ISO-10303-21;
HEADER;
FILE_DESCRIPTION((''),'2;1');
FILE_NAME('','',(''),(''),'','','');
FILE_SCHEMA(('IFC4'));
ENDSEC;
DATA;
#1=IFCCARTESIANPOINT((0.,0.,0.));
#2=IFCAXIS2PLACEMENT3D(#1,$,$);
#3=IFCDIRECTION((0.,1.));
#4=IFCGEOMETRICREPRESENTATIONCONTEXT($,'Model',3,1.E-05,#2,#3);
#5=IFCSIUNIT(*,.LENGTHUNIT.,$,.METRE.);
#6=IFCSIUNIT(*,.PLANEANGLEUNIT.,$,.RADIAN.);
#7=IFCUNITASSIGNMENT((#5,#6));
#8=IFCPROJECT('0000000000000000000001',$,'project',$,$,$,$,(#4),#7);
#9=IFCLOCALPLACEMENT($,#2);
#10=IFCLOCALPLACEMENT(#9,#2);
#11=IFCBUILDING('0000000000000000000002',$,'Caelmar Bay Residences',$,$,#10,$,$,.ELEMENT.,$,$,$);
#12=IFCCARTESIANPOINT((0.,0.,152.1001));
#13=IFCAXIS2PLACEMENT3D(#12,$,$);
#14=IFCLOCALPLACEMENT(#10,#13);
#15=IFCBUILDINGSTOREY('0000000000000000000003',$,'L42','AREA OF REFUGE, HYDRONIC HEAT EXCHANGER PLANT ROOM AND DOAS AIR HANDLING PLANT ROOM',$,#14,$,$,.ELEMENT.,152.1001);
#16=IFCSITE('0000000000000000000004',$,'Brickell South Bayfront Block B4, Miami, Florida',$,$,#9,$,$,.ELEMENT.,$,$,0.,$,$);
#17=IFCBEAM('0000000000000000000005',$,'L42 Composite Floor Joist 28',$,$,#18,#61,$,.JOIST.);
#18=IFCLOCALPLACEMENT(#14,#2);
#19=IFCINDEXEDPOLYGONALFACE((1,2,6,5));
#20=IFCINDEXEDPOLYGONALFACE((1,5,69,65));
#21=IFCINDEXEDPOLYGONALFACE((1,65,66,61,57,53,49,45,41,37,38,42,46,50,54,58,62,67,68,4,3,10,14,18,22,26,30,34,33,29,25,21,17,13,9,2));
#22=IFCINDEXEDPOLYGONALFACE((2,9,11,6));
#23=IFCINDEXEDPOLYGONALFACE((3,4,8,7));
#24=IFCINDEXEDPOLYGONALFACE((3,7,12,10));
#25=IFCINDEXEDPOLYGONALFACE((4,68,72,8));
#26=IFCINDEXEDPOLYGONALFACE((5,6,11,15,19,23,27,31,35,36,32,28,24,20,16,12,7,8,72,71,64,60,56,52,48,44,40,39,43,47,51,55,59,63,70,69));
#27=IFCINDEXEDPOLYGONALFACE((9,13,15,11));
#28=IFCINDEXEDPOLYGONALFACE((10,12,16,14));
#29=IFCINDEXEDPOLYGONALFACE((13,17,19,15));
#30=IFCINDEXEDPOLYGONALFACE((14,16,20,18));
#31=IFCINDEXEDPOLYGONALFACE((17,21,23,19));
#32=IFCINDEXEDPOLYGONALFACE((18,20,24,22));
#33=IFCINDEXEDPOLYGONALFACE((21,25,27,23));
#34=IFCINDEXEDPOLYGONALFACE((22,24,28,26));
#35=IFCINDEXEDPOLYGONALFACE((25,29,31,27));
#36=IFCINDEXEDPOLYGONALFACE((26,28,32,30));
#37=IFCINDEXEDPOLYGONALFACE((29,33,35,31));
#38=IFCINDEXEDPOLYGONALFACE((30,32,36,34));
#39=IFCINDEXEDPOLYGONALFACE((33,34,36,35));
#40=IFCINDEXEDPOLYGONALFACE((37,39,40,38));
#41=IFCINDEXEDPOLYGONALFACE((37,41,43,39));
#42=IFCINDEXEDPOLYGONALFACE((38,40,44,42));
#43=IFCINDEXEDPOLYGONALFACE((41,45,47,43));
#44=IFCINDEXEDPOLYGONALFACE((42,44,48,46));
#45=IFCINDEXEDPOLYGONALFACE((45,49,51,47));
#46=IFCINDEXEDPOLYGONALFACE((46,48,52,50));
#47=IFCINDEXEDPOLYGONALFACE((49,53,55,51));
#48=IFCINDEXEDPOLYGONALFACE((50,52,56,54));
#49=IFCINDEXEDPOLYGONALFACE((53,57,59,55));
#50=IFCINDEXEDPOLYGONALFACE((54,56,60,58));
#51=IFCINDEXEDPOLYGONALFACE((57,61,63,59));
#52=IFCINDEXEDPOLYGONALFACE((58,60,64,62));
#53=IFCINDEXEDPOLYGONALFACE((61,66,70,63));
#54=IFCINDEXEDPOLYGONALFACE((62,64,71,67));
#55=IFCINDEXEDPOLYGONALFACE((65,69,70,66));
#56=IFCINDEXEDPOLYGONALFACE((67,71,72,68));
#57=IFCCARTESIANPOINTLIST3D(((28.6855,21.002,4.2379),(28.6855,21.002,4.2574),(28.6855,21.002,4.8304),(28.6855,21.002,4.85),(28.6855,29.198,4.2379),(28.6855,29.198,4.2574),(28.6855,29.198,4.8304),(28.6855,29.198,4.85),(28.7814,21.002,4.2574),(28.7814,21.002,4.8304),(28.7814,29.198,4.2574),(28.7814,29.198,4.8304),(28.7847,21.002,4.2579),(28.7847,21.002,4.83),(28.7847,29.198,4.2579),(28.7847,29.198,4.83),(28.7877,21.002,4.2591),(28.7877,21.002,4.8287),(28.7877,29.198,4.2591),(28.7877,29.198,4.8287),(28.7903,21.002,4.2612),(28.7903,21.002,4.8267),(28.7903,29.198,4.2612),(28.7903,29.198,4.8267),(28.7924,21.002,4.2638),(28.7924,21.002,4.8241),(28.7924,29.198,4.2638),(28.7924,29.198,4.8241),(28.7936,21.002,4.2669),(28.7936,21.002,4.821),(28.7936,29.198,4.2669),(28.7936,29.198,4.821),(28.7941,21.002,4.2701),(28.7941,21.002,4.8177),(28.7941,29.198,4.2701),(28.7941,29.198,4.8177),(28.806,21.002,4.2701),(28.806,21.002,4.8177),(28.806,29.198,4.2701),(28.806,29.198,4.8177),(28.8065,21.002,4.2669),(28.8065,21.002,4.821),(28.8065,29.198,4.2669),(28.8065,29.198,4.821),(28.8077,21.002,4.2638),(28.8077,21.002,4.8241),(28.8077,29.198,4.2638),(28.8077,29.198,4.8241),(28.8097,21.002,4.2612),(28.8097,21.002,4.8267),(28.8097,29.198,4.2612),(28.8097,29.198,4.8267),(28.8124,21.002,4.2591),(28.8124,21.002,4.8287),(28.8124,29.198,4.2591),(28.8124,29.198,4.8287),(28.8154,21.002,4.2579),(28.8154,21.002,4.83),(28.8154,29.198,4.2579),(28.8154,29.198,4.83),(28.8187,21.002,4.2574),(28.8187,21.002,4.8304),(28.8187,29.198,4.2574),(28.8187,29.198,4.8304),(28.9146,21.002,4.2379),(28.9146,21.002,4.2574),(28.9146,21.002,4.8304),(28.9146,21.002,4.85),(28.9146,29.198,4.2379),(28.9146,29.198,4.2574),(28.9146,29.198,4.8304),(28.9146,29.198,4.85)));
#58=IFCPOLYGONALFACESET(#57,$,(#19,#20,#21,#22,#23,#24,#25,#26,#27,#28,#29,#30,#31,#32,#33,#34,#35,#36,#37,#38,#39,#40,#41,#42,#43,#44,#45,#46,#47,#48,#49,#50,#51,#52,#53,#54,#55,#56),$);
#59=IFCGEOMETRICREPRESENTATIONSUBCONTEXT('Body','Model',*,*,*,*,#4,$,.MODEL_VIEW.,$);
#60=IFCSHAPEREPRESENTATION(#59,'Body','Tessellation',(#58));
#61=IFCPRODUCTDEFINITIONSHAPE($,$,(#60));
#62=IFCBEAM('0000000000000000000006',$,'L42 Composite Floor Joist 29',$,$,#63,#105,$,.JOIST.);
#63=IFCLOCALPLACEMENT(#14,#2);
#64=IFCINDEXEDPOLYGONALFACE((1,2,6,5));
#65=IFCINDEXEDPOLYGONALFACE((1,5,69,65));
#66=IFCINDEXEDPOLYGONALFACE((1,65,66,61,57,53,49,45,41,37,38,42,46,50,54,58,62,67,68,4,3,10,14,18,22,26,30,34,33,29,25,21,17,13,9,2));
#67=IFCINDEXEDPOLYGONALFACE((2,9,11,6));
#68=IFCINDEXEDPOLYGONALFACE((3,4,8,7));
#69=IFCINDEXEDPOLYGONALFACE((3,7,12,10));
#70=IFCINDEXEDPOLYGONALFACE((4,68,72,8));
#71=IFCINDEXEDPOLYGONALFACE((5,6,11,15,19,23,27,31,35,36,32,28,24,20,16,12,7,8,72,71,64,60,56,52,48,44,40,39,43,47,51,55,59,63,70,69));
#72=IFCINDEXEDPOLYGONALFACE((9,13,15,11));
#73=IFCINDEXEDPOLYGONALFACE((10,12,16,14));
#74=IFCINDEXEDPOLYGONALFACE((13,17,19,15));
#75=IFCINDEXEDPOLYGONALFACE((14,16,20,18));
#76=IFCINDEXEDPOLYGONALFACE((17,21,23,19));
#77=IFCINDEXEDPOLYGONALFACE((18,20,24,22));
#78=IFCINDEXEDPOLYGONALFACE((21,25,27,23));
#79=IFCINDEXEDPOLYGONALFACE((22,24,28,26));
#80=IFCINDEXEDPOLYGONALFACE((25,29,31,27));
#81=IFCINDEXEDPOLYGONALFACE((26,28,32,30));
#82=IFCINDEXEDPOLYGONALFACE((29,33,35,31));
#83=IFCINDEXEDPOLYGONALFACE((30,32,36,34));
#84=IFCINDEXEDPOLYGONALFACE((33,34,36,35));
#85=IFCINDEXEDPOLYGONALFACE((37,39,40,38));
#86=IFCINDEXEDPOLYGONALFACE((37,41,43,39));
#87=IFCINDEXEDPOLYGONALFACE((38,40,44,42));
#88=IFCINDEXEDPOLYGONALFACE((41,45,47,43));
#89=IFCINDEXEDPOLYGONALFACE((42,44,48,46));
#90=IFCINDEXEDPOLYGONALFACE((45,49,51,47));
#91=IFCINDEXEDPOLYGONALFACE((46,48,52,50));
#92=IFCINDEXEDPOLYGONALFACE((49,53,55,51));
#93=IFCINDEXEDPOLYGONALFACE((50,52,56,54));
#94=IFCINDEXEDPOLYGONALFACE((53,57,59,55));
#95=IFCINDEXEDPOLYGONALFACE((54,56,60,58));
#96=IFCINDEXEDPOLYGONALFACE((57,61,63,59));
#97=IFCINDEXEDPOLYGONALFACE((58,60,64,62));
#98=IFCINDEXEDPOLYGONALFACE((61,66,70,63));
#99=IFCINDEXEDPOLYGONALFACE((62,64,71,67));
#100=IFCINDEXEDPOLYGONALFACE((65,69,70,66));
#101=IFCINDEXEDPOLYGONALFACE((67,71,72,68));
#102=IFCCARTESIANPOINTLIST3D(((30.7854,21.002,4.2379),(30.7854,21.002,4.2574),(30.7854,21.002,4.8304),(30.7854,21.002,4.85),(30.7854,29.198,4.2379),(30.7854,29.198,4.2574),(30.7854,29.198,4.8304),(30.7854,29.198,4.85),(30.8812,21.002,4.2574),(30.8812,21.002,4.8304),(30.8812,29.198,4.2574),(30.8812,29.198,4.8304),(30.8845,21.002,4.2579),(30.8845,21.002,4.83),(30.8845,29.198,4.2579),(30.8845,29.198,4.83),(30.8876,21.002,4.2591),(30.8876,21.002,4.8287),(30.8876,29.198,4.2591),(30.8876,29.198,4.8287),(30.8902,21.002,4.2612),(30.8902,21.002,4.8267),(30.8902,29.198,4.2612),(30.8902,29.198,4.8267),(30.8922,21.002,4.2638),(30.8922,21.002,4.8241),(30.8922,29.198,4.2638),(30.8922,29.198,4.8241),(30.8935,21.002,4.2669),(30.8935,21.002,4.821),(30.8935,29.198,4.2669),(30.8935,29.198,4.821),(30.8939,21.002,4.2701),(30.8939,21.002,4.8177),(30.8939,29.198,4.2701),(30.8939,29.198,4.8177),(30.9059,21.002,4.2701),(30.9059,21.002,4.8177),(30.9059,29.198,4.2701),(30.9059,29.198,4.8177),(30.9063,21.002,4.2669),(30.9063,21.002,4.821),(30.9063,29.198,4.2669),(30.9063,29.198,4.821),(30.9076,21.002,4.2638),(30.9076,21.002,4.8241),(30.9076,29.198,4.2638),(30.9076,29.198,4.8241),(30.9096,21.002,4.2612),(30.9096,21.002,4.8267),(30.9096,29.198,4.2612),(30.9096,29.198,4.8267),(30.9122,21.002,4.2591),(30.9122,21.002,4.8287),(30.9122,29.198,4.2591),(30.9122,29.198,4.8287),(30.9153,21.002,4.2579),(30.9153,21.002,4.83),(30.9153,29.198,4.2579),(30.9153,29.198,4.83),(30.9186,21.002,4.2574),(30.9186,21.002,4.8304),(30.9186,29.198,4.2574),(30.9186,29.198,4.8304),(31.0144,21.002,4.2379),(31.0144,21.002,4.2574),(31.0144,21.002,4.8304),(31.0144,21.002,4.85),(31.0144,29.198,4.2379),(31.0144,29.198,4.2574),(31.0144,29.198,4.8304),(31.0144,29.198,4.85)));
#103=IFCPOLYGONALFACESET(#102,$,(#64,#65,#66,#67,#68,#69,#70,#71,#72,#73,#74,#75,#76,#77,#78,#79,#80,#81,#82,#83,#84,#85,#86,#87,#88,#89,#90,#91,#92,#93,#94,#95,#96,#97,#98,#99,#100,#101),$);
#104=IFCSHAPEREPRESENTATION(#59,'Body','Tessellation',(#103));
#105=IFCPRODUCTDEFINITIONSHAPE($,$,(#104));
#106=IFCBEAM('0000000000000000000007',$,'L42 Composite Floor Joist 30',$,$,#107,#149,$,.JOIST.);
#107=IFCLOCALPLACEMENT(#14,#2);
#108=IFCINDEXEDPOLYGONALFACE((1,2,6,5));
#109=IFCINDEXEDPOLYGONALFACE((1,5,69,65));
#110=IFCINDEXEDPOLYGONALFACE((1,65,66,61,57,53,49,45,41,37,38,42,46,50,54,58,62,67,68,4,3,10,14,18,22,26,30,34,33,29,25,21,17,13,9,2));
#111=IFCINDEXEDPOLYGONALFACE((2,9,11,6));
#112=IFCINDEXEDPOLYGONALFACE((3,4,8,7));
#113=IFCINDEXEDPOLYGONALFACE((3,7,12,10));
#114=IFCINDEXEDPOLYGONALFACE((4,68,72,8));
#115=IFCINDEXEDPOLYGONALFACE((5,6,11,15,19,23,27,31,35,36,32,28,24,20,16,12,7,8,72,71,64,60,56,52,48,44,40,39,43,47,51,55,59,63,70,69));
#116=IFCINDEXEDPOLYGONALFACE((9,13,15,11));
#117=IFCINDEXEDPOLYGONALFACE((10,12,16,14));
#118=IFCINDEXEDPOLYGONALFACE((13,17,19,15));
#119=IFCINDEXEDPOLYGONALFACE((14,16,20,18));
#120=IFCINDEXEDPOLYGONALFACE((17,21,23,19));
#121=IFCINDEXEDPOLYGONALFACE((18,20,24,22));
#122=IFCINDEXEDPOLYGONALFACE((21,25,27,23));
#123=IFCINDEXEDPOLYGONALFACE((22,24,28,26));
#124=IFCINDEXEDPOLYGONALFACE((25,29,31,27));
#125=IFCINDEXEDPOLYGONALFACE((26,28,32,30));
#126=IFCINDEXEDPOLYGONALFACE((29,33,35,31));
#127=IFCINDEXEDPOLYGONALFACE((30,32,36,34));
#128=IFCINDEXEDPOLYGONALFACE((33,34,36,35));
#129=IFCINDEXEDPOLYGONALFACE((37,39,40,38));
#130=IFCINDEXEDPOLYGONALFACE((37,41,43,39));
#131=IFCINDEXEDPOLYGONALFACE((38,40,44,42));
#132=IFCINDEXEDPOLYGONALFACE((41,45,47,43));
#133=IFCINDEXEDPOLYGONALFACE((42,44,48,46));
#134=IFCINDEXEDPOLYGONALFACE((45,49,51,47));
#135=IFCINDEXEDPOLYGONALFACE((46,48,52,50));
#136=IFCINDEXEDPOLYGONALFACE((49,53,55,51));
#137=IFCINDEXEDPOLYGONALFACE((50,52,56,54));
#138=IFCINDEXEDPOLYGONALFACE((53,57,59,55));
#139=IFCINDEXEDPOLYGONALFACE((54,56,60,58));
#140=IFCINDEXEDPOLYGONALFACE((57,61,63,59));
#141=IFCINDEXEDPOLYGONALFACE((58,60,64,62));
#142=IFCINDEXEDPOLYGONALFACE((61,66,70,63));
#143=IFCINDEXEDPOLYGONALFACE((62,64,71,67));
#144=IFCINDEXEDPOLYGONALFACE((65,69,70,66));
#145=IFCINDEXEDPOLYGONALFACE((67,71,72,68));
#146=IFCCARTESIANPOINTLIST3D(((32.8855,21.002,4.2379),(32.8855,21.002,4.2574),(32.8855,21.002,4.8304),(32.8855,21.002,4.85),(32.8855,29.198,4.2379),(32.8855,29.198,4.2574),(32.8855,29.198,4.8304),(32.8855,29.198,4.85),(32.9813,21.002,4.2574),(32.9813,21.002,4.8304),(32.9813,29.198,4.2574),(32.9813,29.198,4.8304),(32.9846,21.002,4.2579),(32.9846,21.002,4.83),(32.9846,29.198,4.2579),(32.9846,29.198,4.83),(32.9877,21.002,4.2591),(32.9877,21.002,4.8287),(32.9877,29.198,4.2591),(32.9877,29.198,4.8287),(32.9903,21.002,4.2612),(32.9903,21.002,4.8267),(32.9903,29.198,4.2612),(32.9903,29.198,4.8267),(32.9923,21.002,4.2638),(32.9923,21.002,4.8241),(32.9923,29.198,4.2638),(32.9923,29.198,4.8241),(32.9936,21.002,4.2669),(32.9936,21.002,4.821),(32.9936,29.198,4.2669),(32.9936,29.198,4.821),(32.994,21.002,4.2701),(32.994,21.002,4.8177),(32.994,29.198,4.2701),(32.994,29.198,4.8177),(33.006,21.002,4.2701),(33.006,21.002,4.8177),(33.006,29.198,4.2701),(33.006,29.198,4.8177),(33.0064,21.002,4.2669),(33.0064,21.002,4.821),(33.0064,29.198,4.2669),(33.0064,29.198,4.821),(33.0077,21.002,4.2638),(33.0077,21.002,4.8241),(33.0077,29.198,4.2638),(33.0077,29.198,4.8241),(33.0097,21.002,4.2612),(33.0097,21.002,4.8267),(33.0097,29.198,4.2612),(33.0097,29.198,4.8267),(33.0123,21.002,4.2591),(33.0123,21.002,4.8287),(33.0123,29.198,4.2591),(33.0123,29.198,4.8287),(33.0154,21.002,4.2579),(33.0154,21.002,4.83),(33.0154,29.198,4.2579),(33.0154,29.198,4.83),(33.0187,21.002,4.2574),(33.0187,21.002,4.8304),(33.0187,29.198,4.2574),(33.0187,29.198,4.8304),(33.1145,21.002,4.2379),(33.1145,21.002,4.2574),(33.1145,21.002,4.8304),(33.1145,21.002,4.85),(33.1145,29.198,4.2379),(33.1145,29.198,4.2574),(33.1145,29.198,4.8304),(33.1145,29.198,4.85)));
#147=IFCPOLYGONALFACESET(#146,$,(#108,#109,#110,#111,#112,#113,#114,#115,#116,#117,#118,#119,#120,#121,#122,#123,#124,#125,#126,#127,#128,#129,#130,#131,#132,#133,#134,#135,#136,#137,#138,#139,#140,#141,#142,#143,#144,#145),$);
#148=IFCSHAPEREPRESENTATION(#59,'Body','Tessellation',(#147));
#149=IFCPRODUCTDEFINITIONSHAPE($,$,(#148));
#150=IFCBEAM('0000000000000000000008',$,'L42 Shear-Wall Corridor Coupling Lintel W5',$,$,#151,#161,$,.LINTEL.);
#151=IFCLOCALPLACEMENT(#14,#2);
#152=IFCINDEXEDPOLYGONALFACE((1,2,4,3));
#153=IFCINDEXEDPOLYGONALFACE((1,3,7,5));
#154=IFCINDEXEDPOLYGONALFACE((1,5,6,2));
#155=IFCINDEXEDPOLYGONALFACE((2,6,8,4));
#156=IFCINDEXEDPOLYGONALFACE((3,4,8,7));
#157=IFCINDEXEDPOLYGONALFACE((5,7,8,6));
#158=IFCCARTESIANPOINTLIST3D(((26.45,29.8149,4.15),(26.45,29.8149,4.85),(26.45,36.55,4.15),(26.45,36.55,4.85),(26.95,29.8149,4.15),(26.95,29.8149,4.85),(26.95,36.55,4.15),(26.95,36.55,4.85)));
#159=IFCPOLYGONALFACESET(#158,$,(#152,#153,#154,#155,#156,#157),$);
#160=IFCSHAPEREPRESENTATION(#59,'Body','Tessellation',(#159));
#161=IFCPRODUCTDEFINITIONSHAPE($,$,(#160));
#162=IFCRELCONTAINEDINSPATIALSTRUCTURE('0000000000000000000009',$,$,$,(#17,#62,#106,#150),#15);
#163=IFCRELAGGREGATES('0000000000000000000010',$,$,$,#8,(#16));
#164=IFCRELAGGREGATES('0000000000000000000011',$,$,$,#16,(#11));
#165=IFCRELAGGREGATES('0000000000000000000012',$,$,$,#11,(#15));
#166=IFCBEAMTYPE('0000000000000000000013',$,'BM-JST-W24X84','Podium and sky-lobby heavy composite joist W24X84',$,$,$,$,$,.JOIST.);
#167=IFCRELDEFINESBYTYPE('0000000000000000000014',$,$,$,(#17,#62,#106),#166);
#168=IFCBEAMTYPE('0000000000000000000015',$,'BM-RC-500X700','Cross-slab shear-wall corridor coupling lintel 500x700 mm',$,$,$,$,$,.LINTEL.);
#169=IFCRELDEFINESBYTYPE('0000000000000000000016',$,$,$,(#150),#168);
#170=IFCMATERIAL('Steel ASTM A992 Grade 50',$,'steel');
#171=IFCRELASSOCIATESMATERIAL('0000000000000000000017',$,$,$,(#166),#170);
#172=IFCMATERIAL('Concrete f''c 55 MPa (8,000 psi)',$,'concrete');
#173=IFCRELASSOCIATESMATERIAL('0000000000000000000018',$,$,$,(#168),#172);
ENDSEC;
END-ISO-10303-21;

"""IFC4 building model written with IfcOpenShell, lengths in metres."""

from ifc_helpers import new_model, si_unit, direction, frame, origin, origin_2d, place, context, subcontext, project, spatial, rectangle, i_section, extrude, material, material_profile, profile_set, type_object, element, save


model = new_model("IFC4")

# Units and contexts
model_context = context("Model", 3, precision=1e-05, world=origin(), true_north=direction((0.0, 1.0)))
body_context = subcontext(model_context, "Body", "Model", "MODEL_VIEW")
ifc_project = project(units=[si_unit("LENGTHUNIT", "METRE"), si_unit("PLANEANGLEUNIT", "RADIAN")], contexts=[model_context])

# Site, building, storey
site_placement = place(None, origin())
site = spatial("IfcSite", under=ifc_project, at=site_placement, Name="Brickell South Bayfront Block B4, Miami, Florida", CompositionType="ELEMENT", RefElevation=0.0)
building_placement = place(site_placement, origin())
building = spatial("IfcBuilding", under=site, at=building_placement, Name="Caelmar Bay Residences", CompositionType="ELEMENT")
storey_placement = place(building_placement, frame((0.0, 0.0, 152.1001)))
storey = spatial("IfcBuildingStorey", under=building, at=storey_placement, Name="L42", Description="AREA OF REFUGE, HYDRONIC HEAT EXCHANGER PLANT ROOM AND DOAS AIR HANDLING PLANT ROOM", CompositionType="ELEMENT", Elevation=152.1001)

# Beams
ifc_material_1 = material(Name="Steel ASTM A992 Grade 50", Category="steel")
ifc_material_profile_1 = material_profile(ifc_material_1, i_section(OverallWidth=0.229, OverallDepth=0.6121, WebThickness=0.012, FlangeThickness=0.0195, FilletRadius=0.0127, at=origin_2d()), Name="W24X84")
ifc_profile_set_1 = profile_set([ifc_material_profile_1], Name="Steel ASTM A992 Grade 50")
beam_type_1 = type_object("IfcBeamType", Name="BM-JST-W24X84", Description="Podium and sky-lobby heavy composite joist W24X84", PredefinedType="JOIST", material=ifc_profile_set_1)
for number, where, z_axis, x_axis, name in (
    (1, (28.8, 21.002, 4.5439), (0.0, 1.0, 0.0), (-1.0, 0.0, 0.0), "L42 Composite Floor Joist 28"),
    (2, (30.8999, 21.002, 4.5439), (0.0, 1.0, 0.0), (-1.0, 0.0, 0.0), "L42 Composite Floor Joist 29"),
    (3, (33.0, 21.002, 4.5439), (0.0, 1.0, 0.0), (-1.0, 0.0, 0.0), "L42 Composite Floor Joist 30"),
):
    element("IfcBeam", number, at=place(storey_placement, frame(where, z_axis=z_axis, x_axis=x_axis)), inside=storey, type_object=beam_type_1, Name=name, PredefinedType="JOIST", context=body_context, shape_type="SweptSolid", body=[
        extrude(i_section(OverallWidth=0.229, OverallDepth=0.6121, WebThickness=0.012, FlangeThickness=0.0195, FilletRadius=0.0127, at=origin_2d()), origin(), (0.0, 0.0, 1.0), 8.196),
    ])
ifc_material_2 = material(Name="Concrete f'c 55 MPa (8,000 psi)", Category="concrete")
ifc_material_profile_2 = material_profile(ifc_material_2, rectangle(XDim=0.5, YDim=0.7, at=origin_2d()), Name="RC-BM-500X700")
ifc_profile_set_2 = profile_set([ifc_material_profile_2], Name="Concrete f'c 55 MPa (8,000 psi)")
beam_type_2 = type_object("IfcBeamType", Name="BM-RC-500X700", Description="Cross-slab shear-wall corridor coupling lintel 500x700 mm", PredefinedType="LINTEL", material=ifc_profile_set_2)
beam_1_placement = place(storey_placement, frame((26.7, 29.8149, 4.5), z_axis=(0.0, 1.0, 0.0), x_axis=(-1.0, 0.0, 0.0)))
element("IfcBeam", 4, at=beam_1_placement, inside=storey, type_object=beam_type_2, Name="L42 Shear-Wall Corridor Coupling Lintel W5", PredefinedType="LINTEL", context=body_context, shape_type="SweptSolid", body=[
    extrude(rectangle(XDim=0.5, YDim=0.7, at=origin_2d()), origin(), (0.0, 0.0, 1.0), 6.7351),
])

save(model, "model.ifc")
